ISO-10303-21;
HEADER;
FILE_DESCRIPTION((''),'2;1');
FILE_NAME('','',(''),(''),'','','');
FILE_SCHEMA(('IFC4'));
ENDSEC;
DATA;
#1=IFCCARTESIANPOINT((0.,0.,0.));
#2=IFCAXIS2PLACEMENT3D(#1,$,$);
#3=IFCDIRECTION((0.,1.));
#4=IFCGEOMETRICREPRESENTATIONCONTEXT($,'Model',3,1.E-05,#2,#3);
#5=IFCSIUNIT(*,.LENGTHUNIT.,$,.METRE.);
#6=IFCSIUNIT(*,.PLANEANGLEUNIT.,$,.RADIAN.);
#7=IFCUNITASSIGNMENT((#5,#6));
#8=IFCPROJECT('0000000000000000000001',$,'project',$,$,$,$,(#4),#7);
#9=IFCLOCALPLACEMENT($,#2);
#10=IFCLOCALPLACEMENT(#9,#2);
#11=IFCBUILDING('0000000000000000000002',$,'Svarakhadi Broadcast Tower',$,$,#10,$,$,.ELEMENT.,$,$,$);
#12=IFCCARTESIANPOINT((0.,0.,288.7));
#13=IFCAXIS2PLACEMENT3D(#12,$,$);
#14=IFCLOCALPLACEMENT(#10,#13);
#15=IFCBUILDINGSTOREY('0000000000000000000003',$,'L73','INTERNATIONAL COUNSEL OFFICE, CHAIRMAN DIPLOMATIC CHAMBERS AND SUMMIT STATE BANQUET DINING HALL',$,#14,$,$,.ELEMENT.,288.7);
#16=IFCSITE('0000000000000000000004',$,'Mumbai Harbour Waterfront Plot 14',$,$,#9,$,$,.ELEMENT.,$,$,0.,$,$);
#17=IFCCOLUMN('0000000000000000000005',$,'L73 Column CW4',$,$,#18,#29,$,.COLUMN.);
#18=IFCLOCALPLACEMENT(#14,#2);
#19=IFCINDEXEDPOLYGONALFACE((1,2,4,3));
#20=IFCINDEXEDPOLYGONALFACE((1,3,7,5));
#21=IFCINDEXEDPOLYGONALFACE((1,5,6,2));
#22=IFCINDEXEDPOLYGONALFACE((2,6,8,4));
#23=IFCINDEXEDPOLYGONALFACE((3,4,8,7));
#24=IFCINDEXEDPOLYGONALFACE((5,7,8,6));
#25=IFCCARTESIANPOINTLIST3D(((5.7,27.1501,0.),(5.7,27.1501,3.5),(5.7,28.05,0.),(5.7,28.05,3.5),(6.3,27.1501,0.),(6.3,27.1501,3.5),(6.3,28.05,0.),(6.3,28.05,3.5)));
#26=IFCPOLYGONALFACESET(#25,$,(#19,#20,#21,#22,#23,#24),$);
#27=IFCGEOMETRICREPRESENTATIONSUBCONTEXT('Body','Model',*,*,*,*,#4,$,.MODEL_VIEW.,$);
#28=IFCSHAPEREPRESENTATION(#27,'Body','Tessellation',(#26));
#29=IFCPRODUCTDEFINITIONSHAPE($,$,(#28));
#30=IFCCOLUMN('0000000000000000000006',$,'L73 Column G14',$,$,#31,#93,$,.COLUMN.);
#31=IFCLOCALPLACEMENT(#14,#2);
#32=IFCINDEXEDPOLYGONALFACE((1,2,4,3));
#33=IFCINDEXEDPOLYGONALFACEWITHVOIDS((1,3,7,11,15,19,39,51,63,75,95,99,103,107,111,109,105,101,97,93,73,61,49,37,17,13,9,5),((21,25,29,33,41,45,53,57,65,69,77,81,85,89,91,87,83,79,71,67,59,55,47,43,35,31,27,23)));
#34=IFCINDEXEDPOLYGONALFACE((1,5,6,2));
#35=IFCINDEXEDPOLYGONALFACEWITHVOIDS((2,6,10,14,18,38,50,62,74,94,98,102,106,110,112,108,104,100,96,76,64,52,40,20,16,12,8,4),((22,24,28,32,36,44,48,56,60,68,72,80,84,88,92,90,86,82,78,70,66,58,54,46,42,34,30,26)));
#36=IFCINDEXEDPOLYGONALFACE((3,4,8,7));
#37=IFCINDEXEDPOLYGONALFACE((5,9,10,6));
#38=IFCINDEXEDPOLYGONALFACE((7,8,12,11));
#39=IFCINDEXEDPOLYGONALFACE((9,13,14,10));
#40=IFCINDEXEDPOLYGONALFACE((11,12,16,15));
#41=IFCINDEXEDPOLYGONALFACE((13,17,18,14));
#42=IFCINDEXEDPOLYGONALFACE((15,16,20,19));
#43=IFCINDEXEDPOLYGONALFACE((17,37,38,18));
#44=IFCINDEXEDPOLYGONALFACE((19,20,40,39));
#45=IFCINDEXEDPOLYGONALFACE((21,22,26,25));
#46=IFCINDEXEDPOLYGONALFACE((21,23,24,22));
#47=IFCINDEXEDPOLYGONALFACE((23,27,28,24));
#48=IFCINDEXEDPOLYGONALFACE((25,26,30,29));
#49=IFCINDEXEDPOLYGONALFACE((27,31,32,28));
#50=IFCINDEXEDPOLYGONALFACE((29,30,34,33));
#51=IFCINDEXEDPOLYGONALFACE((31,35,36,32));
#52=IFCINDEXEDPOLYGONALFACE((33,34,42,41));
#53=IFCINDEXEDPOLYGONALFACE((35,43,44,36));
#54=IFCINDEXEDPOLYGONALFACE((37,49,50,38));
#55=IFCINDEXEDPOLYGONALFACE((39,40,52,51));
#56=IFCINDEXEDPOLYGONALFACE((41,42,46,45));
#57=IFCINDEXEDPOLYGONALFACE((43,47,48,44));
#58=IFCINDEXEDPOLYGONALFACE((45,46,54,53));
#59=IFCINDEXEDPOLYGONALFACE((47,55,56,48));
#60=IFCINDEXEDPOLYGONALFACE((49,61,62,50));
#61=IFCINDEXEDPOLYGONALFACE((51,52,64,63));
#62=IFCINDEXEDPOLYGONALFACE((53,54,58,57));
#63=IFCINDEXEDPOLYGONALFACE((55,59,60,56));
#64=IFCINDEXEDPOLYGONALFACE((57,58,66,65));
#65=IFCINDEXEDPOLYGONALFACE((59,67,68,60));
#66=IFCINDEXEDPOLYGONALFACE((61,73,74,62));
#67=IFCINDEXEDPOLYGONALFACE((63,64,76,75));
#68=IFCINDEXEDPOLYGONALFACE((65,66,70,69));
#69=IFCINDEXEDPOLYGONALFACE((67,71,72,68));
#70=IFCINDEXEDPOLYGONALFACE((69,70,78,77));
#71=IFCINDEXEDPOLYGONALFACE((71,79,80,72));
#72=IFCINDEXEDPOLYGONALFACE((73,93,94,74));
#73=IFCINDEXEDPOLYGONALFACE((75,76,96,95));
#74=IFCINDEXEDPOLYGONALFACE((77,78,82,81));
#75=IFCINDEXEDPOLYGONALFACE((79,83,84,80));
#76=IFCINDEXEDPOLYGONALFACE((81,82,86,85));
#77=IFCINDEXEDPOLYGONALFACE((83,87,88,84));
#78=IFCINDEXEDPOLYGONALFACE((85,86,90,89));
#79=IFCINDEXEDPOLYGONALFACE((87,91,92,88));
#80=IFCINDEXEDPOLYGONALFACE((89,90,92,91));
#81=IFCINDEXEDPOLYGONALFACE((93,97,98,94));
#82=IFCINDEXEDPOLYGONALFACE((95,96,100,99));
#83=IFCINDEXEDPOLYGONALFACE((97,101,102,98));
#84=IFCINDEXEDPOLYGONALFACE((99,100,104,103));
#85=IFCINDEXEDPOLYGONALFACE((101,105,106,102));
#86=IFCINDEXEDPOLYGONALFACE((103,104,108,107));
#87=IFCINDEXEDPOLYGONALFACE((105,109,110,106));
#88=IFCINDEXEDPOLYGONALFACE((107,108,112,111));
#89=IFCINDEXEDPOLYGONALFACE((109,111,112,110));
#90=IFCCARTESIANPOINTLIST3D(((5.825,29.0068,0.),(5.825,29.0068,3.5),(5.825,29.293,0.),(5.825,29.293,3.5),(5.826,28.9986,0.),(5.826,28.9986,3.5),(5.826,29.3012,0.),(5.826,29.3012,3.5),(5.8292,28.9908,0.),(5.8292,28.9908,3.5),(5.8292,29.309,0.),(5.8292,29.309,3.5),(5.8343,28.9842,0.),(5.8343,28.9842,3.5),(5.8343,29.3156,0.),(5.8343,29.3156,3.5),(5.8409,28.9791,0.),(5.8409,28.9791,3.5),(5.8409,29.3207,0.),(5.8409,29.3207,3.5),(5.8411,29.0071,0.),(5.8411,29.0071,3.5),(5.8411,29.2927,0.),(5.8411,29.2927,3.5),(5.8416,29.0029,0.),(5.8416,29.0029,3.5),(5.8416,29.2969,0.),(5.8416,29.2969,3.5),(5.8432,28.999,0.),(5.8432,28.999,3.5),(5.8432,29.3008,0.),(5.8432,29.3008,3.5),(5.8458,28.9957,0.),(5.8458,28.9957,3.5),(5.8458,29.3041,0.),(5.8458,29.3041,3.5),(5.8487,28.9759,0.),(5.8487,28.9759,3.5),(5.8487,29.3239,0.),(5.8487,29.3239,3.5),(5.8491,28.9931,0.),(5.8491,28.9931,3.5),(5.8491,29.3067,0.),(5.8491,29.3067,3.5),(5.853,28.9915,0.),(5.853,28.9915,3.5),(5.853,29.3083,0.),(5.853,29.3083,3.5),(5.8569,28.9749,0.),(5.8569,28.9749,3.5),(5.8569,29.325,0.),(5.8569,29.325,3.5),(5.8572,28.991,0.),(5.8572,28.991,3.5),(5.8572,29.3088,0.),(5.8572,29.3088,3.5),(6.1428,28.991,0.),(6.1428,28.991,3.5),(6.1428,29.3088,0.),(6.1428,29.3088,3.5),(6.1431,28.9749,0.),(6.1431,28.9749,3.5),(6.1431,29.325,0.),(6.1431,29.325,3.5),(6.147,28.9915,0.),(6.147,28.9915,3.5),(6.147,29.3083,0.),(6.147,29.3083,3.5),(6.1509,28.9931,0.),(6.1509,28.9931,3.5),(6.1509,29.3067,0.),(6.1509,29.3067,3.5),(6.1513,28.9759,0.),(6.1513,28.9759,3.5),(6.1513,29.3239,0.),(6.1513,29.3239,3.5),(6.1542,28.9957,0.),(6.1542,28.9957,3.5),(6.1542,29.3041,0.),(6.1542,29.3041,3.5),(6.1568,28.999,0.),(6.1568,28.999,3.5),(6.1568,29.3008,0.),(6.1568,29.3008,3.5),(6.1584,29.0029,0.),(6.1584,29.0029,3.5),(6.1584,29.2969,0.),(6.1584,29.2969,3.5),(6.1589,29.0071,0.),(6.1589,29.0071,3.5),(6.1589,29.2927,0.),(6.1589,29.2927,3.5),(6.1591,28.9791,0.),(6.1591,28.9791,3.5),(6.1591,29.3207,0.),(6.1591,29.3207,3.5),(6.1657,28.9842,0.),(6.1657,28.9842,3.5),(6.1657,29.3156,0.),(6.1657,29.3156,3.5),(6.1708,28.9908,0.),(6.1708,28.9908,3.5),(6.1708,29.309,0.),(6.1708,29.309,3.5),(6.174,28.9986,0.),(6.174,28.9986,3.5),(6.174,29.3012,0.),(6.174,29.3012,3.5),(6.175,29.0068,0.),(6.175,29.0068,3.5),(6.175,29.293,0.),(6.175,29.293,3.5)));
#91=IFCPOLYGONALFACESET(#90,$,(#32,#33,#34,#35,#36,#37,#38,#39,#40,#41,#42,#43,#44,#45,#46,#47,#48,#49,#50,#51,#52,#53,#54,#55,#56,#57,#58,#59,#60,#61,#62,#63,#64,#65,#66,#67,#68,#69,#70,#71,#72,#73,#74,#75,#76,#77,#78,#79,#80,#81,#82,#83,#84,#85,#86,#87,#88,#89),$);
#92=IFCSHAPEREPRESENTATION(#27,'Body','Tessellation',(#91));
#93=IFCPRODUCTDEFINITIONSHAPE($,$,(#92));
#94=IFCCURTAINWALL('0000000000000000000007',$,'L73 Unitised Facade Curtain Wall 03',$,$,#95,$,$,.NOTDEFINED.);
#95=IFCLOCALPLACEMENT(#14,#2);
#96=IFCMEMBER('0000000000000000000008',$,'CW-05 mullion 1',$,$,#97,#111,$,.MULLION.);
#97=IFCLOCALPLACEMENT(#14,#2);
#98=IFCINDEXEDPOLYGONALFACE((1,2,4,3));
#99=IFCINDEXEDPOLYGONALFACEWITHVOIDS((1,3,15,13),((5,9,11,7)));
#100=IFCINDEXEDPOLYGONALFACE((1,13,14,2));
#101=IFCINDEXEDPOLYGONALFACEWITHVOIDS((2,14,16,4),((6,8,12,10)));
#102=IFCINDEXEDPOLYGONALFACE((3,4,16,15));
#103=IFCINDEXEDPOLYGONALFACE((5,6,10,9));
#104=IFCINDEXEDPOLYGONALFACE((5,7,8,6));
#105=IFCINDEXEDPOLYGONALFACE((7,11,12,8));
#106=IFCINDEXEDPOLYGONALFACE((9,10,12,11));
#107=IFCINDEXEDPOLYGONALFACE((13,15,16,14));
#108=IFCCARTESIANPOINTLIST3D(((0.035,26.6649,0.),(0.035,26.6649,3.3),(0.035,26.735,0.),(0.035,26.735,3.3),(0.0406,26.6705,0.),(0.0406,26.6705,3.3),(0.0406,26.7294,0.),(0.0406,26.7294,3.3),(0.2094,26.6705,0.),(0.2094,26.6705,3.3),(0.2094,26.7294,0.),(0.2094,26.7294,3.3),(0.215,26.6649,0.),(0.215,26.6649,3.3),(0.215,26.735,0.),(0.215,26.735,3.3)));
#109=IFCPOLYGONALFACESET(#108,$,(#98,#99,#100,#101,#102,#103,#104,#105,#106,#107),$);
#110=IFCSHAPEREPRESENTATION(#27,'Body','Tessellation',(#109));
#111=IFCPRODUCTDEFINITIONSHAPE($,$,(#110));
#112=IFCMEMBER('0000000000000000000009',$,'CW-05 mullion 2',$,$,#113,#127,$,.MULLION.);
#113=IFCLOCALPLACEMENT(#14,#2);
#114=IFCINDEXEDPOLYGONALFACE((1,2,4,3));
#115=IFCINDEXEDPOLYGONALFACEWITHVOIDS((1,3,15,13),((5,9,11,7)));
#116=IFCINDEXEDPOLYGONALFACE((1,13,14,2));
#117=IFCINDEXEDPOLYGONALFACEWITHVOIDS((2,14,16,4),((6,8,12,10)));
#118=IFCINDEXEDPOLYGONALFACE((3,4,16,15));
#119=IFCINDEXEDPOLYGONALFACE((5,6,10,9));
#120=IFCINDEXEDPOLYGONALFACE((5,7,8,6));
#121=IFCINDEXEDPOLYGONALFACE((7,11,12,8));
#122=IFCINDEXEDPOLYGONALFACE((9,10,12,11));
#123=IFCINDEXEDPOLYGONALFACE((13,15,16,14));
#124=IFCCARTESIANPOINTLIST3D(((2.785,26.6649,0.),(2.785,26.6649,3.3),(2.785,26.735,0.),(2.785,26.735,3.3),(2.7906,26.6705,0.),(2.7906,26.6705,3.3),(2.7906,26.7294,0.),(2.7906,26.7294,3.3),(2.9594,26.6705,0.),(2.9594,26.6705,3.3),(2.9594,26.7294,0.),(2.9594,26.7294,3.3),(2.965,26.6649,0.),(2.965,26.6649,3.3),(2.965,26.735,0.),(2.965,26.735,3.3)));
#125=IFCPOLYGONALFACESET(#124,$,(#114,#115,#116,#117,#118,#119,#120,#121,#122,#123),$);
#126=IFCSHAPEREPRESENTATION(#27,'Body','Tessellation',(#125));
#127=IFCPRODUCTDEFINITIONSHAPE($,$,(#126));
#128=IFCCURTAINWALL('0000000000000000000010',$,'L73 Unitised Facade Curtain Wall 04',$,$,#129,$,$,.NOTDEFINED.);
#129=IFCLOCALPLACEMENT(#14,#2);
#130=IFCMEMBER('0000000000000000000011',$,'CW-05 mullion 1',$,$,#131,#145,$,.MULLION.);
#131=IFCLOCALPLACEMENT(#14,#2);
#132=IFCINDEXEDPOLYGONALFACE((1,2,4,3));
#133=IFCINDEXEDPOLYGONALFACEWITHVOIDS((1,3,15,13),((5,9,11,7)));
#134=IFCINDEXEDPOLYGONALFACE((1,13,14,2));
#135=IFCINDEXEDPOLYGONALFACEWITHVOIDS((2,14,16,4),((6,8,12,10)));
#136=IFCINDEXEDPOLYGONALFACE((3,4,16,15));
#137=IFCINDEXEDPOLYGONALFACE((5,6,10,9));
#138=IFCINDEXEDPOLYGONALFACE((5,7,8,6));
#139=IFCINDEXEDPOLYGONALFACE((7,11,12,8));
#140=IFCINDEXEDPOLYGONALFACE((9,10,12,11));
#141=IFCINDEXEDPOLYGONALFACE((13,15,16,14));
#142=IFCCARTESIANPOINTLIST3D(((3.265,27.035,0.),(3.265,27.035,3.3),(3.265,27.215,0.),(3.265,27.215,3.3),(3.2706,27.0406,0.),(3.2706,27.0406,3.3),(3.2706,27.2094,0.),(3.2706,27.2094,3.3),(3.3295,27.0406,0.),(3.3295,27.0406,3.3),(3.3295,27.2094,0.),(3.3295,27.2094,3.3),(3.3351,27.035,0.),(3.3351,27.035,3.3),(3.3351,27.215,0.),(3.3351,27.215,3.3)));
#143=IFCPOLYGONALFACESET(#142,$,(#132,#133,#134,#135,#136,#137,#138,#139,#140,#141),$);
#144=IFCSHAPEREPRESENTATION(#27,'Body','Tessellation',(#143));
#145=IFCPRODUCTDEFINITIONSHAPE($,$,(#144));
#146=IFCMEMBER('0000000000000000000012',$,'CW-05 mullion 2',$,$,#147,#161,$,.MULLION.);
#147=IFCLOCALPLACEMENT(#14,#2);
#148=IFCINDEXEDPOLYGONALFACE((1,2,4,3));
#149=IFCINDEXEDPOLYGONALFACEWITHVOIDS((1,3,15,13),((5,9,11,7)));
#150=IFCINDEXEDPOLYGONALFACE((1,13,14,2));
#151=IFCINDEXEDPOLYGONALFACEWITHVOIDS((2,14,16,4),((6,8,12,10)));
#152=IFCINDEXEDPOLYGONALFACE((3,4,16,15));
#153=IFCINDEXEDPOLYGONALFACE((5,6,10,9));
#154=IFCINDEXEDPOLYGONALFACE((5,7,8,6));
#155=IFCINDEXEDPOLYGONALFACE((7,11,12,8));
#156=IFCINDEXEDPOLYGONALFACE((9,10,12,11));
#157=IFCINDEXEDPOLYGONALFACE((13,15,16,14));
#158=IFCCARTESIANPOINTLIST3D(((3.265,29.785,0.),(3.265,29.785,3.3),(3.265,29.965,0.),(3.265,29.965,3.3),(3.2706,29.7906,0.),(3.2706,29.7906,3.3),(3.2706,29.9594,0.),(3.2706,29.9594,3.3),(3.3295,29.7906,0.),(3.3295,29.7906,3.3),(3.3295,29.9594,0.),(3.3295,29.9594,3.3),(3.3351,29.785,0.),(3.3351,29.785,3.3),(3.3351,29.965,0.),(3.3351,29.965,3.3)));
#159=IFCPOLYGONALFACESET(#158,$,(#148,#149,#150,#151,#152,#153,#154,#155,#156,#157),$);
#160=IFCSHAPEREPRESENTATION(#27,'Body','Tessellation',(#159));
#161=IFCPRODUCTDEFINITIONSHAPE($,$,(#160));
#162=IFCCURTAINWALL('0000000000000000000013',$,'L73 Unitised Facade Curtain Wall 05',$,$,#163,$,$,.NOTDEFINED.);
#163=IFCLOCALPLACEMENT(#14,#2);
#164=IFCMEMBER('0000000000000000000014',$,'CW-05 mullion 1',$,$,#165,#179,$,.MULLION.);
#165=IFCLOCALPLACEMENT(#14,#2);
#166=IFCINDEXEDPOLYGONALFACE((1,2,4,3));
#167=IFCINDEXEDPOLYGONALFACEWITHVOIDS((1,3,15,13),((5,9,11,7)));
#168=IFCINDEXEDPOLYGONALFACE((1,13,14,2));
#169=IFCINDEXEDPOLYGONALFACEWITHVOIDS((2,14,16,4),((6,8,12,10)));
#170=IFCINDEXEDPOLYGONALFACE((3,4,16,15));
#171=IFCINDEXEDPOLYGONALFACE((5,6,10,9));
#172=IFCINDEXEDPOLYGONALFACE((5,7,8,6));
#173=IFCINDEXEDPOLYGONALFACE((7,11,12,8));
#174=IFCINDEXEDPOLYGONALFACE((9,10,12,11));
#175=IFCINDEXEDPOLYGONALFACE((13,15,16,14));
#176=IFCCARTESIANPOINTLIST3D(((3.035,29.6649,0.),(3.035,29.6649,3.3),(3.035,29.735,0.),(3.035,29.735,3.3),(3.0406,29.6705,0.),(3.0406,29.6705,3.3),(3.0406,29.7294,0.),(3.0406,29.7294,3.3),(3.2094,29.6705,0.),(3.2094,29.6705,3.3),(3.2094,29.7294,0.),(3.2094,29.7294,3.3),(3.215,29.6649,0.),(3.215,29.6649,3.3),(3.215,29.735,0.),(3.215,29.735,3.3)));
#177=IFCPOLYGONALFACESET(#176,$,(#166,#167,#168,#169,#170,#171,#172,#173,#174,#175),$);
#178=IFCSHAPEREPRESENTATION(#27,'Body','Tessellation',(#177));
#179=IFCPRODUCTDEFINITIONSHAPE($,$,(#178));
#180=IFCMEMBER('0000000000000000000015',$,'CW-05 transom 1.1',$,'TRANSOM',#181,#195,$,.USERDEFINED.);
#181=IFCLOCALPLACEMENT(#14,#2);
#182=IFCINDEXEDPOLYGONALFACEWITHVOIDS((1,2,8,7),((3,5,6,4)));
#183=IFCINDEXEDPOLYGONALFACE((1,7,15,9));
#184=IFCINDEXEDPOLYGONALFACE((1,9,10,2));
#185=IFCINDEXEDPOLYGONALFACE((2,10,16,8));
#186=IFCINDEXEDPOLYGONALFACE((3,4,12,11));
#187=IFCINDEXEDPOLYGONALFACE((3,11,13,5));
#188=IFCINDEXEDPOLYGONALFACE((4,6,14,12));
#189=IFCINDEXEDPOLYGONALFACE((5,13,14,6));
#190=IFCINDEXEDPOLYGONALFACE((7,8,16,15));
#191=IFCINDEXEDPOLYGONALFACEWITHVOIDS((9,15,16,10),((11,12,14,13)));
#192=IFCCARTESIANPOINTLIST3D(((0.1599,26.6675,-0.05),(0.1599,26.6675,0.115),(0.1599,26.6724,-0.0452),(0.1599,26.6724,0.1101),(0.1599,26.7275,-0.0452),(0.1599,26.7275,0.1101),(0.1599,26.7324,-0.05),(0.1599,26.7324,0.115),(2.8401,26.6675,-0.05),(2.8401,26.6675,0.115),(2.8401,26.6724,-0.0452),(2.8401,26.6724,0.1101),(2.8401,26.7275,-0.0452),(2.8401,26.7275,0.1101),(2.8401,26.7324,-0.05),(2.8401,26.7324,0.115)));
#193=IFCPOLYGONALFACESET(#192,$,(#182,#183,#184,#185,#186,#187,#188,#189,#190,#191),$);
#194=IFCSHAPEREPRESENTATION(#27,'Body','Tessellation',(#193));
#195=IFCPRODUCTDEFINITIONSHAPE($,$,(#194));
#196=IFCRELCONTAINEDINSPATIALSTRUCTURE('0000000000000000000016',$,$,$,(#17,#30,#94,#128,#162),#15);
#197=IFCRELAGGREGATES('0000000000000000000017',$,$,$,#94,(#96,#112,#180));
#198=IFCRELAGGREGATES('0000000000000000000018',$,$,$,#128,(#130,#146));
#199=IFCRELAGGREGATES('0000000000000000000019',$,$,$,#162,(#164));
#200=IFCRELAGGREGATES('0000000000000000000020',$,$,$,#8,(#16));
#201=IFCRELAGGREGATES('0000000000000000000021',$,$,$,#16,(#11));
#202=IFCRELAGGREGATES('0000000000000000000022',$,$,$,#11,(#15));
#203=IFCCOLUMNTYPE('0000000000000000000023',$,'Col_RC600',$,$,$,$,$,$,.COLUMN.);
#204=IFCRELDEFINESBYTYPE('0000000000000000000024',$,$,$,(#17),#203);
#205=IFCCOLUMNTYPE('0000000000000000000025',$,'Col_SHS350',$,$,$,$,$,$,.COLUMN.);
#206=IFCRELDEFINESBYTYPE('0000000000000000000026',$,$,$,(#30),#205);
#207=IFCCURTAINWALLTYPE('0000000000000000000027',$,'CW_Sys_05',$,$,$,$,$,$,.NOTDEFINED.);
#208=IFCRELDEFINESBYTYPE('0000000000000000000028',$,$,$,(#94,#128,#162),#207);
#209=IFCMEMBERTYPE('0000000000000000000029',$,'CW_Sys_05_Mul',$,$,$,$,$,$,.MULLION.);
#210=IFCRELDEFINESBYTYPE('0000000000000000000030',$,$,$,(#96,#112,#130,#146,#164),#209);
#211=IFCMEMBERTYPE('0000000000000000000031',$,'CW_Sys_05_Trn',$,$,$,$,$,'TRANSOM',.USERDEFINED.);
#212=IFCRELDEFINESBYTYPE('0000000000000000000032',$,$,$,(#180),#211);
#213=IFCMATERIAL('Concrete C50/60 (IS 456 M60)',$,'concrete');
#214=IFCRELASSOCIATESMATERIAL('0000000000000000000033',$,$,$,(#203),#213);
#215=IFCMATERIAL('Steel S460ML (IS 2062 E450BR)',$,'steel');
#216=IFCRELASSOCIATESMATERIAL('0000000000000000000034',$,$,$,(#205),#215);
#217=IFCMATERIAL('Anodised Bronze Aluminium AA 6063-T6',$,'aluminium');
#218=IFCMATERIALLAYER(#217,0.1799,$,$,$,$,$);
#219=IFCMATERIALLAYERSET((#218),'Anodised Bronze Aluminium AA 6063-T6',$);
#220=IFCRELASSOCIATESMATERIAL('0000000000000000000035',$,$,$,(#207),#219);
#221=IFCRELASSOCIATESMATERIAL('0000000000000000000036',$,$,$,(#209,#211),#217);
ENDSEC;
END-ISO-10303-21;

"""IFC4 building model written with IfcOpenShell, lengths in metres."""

from ifc_helpers import new_model, si_unit, direction, frame, origin, origin_2d, place, context, subcontext, project, spatial, rectangle, hollow_rectangle, extrude, material, layer, layer_set, material_profile, profile_set, type_object, element, aggregate, save


model = new_model("IFC4")

# Units and contexts
model_context = context("Model", 3, precision=1e-05, world=origin(), true_north=direction((0.0, 1.0)))
body_context = subcontext(model_context, "Body", "Model", "MODEL_VIEW")
ifc_project = project(units=[si_unit("LENGTHUNIT", "METRE"), si_unit("PLANEANGLEUNIT", "RADIAN")], contexts=[model_context])

# Site, building, storey
site_placement = place(None, origin())
site = spatial("IfcSite", under=ifc_project, at=site_placement, Name="Mumbai Harbour Waterfront Plot 14", CompositionType="ELEMENT", RefElevation=0.0)
building_placement = place(site_placement, origin())
building = spatial("IfcBuilding", under=site, at=building_placement, Name="Svarakhadi Broadcast Tower", CompositionType="ELEMENT")
storey_placement = place(building_placement, frame((0.0, 0.0, 288.7)))
storey = spatial("IfcBuildingStorey", under=building, at=storey_placement, Name="L73", Description="INTERNATIONAL COUNSEL OFFICE, CHAIRMAN DIPLOMATIC CHAMBERS AND SUMMIT STATE BANQUET DINING HALL", CompositionType="ELEMENT", Elevation=288.7)

# Columns
ifc_material_1 = material(Name="Concrete C50/60 (IS 456 M60)", Category="concrete")
ifc_material_profile_1 = material_profile(ifc_material_1, rectangle(XDim=0.6001, YDim=0.8999, at=origin_2d()), Name="RC 600x900")
ifc_profile_set_1 = profile_set([ifc_material_profile_1], Name="Concrete C50/60 (IS 456 M60)")
column_type_1 = type_object("IfcColumnType", Name="Col_RC600", PredefinedType="COLUMN", material=ifc_profile_set_1)
column_1_placement = place(storey_placement, frame((6.0, 27.6001, 0.0), z_axis=(0.0, 0.0, 1.0), x_axis=(1.0, 0.0, 0.0)))
element("IfcColumn", 1, at=column_1_placement, inside=storey, type_object=column_type_1, Name="L73 Column CW4", PredefinedType="COLUMN", context=body_context, shape_type="SweptSolid", body=[
    extrude(rectangle(XDim=0.6001, YDim=0.8999, at=origin_2d()), origin(), (0.0, 0.0, 1.0), 3.5),
])
ifc_material_2 = material(Name="Steel S460ML (IS 2062 E450BR)", Category="steel")
ifc_material_profile_2 = material_profile(ifc_material_2, hollow_rectangle(XDim=0.3501, YDim=0.3501, WallThickness=0.0161, InnerFilletRadius=0.0161, OuterFilletRadius=0.032, at=origin_2d()), Name="SHS 350x350x16")
ifc_profile_set_2 = profile_set([ifc_material_profile_2], Name="Steel S460ML (IS 2062 E450BR)")
column_type_2 = type_object("IfcColumnType", Name="Col_SHS350", PredefinedType="COLUMN", material=ifc_profile_set_2)
column_2_placement = place(storey_placement, frame((6.0, 29.1499, 0.0), z_axis=(0.0, 0.0, 1.0), x_axis=(1.0, 0.0, 0.0)))
element("IfcColumn", 2, at=column_2_placement, inside=storey, type_object=column_type_2, Name="L73 Column G14", PredefinedType="COLUMN", context=body_context, shape_type="SweptSolid", body=[
    extrude(hollow_rectangle(XDim=0.3501, YDim=0.3501, WallThickness=0.0161, InnerFilletRadius=0.0161, OuterFilletRadius=0.032, at=origin_2d()), origin(), (0.0, 0.0, 1.0), 3.5),
])

# Curtain walls, members
ifc_material_3 = material(Name="Anodised Bronze Aluminium AA 6063-T6", Category="aluminium")
ifc_layer_1 = layer(ifc_material_3, 0.1799)
ifc_layer_set_1 = layer_set([ifc_layer_1], Name="Anodised Bronze Aluminium AA 6063-T6")
curtain_wall_type = type_object("IfcCurtainWallType", Name="CW_Sys_05", PredefinedType="NOTDEFINED", material=ifc_layer_set_1)
curtain_wall_1_placement = place(storey_placement, origin())
curtain_wall_1 = element("IfcCurtainWall", 3, at=curtain_wall_1_placement, inside=storey, type_object=curtain_wall_type, Name="L73 Unitised Facade Curtain Wall 03", PredefinedType="NOTDEFINED")
ifc_material_profile_3 = material_profile(ifc_material_3, hollow_rectangle(XDim=0.0701, YDim=0.1799, WallThickness=0.0056, at=origin_2d()), Name="ALU MULLION 180x70x6")
ifc_profile_set_3 = profile_set([ifc_material_profile_3], Name="Anodised Bronze Aluminium AA 6063-T6")
member_type_1 = type_object("IfcMemberType", Name="CW_Sys_05_Mul", PredefinedType="MULLION", material=ifc_profile_set_3)
member_1_placement = place(storey_placement, frame((0.125, 26.7, 0.0), z_axis=(0.0, 0.0, 1.0), x_axis=(0.0, 1.0, 0.0)))
member_1 = element("IfcMember", 4, at=member_1_placement, type_object=member_type_1, Name="CW-05 mullion 1", PredefinedType="MULLION", context=body_context, shape_type="SweptSolid", body=[
    extrude(hollow_rectangle(XDim=0.0701, YDim=0.1799, WallThickness=0.0056, at=origin_2d()), origin(), (0.0, 0.0, 1.0), 3.3),
])
member_2_placement = place(storey_placement, frame((2.875, 26.7, 0.0), z_axis=(0.0, 0.0, 1.0), x_axis=(0.0, 1.0, 0.0)))
member_2 = element("IfcMember", 5, at=member_2_placement, type_object=member_type_1, Name="CW-05 mullion 2", PredefinedType="MULLION", context=body_context, shape_type="SweptSolid", body=[
    extrude(hollow_rectangle(XDim=0.0701, YDim=0.1799, WallThickness=0.0056, at=origin_2d()), origin(), (0.0, 0.0, 1.0), 3.3),
])
curtain_wall_2_placement = place(storey_placement, origin())
curtain_wall_2 = element("IfcCurtainWall", 6, at=curtain_wall_2_placement, inside=storey, type_object=curtain_wall_type, Name="L73 Unitised Facade Curtain Wall 04", PredefinedType="NOTDEFINED")
member_3_placement = place(storey_placement, frame((3.3, 27.125, 0.0), z_axis=(0.0, 0.0, 1.0), x_axis=(-1.0, 0.0, 0.0)))
member_3 = element("IfcMember", 7, at=member_3_placement, type_object=member_type_1, Name="CW-05 mullion 1", PredefinedType="MULLION", context=body_context, shape_type="SweptSolid", body=[
    extrude(hollow_rectangle(XDim=0.0701, YDim=0.1799, WallThickness=0.0056, at=origin_2d()), origin(), (0.0, 0.0, 1.0), 3.3),
])
member_4_placement = place(storey_placement, frame((3.3, 29.875, 0.0), z_axis=(0.0, 0.0, 1.0), x_axis=(-1.0, 0.0, 0.0)))
member_4 = element("IfcMember", 8, at=member_4_placement, type_object=member_type_1, Name="CW-05 mullion 2", PredefinedType="MULLION", context=body_context, shape_type="SweptSolid", body=[
    extrude(hollow_rectangle(XDim=0.0701, YDim=0.1799, WallThickness=0.0056, at=origin_2d()), origin(), (0.0, 0.0, 1.0), 3.3),
])

# Curtain wall, member
curtain_wall_3_placement = place(storey_placement, origin())
curtain_wall_3 = element("IfcCurtainWall", 9, at=curtain_wall_3_placement, inside=storey, type_object=curtain_wall_type, Name="L73 Unitised Facade Curtain Wall 05", PredefinedType="NOTDEFINED")
member_5_placement = place(storey_placement, frame((3.125, 29.7, 0.0), z_axis=(0.0, 0.0, 1.0), x_axis=(0.0, 1.0, 0.0)))
member_5 = element("IfcMember", 10, at=member_5_placement, type_object=member_type_1, Name="CW-05 mullion 1", PredefinedType="MULLION", context=body_context, shape_type="SweptSolid", body=[
    extrude(hollow_rectangle(XDim=0.0701, YDim=0.1799, WallThickness=0.0056, at=origin_2d()), origin(), (0.0, 0.0, 1.0), 3.3),
])

# Member
ifc_material_profile_4 = material_profile(ifc_material_3, hollow_rectangle(XDim=0.0649, YDim=0.165, WallThickness=0.0049, at=origin_2d()), Name="ALU TRANSOM 165x65x5")
ifc_profile_set_4 = profile_set([ifc_material_profile_4], Name="Anodised Bronze Aluminium AA 6063-T6")
member_type_2 = type_object("IfcMemberType", Name="CW_Sys_05_Trn", ElementType="TRANSOM", PredefinedType="USERDEFINED", material=ifc_profile_set_4)
member_6_placement = place(storey_placement, frame((0.1599, 26.7, 0.0325), z_axis=(1.0, 0.0, 0.0), x_axis=(0.0, 1.0, 0.0)))
member_6 = element("IfcMember", 11, at=member_6_placement, type_object=member_type_2, Name="CW-05 transom 1.1", ObjectType="TRANSOM", PredefinedType="USERDEFINED", context=body_context, shape_type="SweptSolid", body=[
    extrude(hollow_rectangle(XDim=0.0649, YDim=0.165, WallThickness=0.0049, at=origin_2d()), origin(), (0.0, 0.0, 1.0), 2.6802),
])

aggregate(curtain_wall_1, [member_1, member_2, member_6])
aggregate(curtain_wall_2, [member_3, member_4])
aggregate(curtain_wall_3, [member_5])

save(model, "model.ifc")
